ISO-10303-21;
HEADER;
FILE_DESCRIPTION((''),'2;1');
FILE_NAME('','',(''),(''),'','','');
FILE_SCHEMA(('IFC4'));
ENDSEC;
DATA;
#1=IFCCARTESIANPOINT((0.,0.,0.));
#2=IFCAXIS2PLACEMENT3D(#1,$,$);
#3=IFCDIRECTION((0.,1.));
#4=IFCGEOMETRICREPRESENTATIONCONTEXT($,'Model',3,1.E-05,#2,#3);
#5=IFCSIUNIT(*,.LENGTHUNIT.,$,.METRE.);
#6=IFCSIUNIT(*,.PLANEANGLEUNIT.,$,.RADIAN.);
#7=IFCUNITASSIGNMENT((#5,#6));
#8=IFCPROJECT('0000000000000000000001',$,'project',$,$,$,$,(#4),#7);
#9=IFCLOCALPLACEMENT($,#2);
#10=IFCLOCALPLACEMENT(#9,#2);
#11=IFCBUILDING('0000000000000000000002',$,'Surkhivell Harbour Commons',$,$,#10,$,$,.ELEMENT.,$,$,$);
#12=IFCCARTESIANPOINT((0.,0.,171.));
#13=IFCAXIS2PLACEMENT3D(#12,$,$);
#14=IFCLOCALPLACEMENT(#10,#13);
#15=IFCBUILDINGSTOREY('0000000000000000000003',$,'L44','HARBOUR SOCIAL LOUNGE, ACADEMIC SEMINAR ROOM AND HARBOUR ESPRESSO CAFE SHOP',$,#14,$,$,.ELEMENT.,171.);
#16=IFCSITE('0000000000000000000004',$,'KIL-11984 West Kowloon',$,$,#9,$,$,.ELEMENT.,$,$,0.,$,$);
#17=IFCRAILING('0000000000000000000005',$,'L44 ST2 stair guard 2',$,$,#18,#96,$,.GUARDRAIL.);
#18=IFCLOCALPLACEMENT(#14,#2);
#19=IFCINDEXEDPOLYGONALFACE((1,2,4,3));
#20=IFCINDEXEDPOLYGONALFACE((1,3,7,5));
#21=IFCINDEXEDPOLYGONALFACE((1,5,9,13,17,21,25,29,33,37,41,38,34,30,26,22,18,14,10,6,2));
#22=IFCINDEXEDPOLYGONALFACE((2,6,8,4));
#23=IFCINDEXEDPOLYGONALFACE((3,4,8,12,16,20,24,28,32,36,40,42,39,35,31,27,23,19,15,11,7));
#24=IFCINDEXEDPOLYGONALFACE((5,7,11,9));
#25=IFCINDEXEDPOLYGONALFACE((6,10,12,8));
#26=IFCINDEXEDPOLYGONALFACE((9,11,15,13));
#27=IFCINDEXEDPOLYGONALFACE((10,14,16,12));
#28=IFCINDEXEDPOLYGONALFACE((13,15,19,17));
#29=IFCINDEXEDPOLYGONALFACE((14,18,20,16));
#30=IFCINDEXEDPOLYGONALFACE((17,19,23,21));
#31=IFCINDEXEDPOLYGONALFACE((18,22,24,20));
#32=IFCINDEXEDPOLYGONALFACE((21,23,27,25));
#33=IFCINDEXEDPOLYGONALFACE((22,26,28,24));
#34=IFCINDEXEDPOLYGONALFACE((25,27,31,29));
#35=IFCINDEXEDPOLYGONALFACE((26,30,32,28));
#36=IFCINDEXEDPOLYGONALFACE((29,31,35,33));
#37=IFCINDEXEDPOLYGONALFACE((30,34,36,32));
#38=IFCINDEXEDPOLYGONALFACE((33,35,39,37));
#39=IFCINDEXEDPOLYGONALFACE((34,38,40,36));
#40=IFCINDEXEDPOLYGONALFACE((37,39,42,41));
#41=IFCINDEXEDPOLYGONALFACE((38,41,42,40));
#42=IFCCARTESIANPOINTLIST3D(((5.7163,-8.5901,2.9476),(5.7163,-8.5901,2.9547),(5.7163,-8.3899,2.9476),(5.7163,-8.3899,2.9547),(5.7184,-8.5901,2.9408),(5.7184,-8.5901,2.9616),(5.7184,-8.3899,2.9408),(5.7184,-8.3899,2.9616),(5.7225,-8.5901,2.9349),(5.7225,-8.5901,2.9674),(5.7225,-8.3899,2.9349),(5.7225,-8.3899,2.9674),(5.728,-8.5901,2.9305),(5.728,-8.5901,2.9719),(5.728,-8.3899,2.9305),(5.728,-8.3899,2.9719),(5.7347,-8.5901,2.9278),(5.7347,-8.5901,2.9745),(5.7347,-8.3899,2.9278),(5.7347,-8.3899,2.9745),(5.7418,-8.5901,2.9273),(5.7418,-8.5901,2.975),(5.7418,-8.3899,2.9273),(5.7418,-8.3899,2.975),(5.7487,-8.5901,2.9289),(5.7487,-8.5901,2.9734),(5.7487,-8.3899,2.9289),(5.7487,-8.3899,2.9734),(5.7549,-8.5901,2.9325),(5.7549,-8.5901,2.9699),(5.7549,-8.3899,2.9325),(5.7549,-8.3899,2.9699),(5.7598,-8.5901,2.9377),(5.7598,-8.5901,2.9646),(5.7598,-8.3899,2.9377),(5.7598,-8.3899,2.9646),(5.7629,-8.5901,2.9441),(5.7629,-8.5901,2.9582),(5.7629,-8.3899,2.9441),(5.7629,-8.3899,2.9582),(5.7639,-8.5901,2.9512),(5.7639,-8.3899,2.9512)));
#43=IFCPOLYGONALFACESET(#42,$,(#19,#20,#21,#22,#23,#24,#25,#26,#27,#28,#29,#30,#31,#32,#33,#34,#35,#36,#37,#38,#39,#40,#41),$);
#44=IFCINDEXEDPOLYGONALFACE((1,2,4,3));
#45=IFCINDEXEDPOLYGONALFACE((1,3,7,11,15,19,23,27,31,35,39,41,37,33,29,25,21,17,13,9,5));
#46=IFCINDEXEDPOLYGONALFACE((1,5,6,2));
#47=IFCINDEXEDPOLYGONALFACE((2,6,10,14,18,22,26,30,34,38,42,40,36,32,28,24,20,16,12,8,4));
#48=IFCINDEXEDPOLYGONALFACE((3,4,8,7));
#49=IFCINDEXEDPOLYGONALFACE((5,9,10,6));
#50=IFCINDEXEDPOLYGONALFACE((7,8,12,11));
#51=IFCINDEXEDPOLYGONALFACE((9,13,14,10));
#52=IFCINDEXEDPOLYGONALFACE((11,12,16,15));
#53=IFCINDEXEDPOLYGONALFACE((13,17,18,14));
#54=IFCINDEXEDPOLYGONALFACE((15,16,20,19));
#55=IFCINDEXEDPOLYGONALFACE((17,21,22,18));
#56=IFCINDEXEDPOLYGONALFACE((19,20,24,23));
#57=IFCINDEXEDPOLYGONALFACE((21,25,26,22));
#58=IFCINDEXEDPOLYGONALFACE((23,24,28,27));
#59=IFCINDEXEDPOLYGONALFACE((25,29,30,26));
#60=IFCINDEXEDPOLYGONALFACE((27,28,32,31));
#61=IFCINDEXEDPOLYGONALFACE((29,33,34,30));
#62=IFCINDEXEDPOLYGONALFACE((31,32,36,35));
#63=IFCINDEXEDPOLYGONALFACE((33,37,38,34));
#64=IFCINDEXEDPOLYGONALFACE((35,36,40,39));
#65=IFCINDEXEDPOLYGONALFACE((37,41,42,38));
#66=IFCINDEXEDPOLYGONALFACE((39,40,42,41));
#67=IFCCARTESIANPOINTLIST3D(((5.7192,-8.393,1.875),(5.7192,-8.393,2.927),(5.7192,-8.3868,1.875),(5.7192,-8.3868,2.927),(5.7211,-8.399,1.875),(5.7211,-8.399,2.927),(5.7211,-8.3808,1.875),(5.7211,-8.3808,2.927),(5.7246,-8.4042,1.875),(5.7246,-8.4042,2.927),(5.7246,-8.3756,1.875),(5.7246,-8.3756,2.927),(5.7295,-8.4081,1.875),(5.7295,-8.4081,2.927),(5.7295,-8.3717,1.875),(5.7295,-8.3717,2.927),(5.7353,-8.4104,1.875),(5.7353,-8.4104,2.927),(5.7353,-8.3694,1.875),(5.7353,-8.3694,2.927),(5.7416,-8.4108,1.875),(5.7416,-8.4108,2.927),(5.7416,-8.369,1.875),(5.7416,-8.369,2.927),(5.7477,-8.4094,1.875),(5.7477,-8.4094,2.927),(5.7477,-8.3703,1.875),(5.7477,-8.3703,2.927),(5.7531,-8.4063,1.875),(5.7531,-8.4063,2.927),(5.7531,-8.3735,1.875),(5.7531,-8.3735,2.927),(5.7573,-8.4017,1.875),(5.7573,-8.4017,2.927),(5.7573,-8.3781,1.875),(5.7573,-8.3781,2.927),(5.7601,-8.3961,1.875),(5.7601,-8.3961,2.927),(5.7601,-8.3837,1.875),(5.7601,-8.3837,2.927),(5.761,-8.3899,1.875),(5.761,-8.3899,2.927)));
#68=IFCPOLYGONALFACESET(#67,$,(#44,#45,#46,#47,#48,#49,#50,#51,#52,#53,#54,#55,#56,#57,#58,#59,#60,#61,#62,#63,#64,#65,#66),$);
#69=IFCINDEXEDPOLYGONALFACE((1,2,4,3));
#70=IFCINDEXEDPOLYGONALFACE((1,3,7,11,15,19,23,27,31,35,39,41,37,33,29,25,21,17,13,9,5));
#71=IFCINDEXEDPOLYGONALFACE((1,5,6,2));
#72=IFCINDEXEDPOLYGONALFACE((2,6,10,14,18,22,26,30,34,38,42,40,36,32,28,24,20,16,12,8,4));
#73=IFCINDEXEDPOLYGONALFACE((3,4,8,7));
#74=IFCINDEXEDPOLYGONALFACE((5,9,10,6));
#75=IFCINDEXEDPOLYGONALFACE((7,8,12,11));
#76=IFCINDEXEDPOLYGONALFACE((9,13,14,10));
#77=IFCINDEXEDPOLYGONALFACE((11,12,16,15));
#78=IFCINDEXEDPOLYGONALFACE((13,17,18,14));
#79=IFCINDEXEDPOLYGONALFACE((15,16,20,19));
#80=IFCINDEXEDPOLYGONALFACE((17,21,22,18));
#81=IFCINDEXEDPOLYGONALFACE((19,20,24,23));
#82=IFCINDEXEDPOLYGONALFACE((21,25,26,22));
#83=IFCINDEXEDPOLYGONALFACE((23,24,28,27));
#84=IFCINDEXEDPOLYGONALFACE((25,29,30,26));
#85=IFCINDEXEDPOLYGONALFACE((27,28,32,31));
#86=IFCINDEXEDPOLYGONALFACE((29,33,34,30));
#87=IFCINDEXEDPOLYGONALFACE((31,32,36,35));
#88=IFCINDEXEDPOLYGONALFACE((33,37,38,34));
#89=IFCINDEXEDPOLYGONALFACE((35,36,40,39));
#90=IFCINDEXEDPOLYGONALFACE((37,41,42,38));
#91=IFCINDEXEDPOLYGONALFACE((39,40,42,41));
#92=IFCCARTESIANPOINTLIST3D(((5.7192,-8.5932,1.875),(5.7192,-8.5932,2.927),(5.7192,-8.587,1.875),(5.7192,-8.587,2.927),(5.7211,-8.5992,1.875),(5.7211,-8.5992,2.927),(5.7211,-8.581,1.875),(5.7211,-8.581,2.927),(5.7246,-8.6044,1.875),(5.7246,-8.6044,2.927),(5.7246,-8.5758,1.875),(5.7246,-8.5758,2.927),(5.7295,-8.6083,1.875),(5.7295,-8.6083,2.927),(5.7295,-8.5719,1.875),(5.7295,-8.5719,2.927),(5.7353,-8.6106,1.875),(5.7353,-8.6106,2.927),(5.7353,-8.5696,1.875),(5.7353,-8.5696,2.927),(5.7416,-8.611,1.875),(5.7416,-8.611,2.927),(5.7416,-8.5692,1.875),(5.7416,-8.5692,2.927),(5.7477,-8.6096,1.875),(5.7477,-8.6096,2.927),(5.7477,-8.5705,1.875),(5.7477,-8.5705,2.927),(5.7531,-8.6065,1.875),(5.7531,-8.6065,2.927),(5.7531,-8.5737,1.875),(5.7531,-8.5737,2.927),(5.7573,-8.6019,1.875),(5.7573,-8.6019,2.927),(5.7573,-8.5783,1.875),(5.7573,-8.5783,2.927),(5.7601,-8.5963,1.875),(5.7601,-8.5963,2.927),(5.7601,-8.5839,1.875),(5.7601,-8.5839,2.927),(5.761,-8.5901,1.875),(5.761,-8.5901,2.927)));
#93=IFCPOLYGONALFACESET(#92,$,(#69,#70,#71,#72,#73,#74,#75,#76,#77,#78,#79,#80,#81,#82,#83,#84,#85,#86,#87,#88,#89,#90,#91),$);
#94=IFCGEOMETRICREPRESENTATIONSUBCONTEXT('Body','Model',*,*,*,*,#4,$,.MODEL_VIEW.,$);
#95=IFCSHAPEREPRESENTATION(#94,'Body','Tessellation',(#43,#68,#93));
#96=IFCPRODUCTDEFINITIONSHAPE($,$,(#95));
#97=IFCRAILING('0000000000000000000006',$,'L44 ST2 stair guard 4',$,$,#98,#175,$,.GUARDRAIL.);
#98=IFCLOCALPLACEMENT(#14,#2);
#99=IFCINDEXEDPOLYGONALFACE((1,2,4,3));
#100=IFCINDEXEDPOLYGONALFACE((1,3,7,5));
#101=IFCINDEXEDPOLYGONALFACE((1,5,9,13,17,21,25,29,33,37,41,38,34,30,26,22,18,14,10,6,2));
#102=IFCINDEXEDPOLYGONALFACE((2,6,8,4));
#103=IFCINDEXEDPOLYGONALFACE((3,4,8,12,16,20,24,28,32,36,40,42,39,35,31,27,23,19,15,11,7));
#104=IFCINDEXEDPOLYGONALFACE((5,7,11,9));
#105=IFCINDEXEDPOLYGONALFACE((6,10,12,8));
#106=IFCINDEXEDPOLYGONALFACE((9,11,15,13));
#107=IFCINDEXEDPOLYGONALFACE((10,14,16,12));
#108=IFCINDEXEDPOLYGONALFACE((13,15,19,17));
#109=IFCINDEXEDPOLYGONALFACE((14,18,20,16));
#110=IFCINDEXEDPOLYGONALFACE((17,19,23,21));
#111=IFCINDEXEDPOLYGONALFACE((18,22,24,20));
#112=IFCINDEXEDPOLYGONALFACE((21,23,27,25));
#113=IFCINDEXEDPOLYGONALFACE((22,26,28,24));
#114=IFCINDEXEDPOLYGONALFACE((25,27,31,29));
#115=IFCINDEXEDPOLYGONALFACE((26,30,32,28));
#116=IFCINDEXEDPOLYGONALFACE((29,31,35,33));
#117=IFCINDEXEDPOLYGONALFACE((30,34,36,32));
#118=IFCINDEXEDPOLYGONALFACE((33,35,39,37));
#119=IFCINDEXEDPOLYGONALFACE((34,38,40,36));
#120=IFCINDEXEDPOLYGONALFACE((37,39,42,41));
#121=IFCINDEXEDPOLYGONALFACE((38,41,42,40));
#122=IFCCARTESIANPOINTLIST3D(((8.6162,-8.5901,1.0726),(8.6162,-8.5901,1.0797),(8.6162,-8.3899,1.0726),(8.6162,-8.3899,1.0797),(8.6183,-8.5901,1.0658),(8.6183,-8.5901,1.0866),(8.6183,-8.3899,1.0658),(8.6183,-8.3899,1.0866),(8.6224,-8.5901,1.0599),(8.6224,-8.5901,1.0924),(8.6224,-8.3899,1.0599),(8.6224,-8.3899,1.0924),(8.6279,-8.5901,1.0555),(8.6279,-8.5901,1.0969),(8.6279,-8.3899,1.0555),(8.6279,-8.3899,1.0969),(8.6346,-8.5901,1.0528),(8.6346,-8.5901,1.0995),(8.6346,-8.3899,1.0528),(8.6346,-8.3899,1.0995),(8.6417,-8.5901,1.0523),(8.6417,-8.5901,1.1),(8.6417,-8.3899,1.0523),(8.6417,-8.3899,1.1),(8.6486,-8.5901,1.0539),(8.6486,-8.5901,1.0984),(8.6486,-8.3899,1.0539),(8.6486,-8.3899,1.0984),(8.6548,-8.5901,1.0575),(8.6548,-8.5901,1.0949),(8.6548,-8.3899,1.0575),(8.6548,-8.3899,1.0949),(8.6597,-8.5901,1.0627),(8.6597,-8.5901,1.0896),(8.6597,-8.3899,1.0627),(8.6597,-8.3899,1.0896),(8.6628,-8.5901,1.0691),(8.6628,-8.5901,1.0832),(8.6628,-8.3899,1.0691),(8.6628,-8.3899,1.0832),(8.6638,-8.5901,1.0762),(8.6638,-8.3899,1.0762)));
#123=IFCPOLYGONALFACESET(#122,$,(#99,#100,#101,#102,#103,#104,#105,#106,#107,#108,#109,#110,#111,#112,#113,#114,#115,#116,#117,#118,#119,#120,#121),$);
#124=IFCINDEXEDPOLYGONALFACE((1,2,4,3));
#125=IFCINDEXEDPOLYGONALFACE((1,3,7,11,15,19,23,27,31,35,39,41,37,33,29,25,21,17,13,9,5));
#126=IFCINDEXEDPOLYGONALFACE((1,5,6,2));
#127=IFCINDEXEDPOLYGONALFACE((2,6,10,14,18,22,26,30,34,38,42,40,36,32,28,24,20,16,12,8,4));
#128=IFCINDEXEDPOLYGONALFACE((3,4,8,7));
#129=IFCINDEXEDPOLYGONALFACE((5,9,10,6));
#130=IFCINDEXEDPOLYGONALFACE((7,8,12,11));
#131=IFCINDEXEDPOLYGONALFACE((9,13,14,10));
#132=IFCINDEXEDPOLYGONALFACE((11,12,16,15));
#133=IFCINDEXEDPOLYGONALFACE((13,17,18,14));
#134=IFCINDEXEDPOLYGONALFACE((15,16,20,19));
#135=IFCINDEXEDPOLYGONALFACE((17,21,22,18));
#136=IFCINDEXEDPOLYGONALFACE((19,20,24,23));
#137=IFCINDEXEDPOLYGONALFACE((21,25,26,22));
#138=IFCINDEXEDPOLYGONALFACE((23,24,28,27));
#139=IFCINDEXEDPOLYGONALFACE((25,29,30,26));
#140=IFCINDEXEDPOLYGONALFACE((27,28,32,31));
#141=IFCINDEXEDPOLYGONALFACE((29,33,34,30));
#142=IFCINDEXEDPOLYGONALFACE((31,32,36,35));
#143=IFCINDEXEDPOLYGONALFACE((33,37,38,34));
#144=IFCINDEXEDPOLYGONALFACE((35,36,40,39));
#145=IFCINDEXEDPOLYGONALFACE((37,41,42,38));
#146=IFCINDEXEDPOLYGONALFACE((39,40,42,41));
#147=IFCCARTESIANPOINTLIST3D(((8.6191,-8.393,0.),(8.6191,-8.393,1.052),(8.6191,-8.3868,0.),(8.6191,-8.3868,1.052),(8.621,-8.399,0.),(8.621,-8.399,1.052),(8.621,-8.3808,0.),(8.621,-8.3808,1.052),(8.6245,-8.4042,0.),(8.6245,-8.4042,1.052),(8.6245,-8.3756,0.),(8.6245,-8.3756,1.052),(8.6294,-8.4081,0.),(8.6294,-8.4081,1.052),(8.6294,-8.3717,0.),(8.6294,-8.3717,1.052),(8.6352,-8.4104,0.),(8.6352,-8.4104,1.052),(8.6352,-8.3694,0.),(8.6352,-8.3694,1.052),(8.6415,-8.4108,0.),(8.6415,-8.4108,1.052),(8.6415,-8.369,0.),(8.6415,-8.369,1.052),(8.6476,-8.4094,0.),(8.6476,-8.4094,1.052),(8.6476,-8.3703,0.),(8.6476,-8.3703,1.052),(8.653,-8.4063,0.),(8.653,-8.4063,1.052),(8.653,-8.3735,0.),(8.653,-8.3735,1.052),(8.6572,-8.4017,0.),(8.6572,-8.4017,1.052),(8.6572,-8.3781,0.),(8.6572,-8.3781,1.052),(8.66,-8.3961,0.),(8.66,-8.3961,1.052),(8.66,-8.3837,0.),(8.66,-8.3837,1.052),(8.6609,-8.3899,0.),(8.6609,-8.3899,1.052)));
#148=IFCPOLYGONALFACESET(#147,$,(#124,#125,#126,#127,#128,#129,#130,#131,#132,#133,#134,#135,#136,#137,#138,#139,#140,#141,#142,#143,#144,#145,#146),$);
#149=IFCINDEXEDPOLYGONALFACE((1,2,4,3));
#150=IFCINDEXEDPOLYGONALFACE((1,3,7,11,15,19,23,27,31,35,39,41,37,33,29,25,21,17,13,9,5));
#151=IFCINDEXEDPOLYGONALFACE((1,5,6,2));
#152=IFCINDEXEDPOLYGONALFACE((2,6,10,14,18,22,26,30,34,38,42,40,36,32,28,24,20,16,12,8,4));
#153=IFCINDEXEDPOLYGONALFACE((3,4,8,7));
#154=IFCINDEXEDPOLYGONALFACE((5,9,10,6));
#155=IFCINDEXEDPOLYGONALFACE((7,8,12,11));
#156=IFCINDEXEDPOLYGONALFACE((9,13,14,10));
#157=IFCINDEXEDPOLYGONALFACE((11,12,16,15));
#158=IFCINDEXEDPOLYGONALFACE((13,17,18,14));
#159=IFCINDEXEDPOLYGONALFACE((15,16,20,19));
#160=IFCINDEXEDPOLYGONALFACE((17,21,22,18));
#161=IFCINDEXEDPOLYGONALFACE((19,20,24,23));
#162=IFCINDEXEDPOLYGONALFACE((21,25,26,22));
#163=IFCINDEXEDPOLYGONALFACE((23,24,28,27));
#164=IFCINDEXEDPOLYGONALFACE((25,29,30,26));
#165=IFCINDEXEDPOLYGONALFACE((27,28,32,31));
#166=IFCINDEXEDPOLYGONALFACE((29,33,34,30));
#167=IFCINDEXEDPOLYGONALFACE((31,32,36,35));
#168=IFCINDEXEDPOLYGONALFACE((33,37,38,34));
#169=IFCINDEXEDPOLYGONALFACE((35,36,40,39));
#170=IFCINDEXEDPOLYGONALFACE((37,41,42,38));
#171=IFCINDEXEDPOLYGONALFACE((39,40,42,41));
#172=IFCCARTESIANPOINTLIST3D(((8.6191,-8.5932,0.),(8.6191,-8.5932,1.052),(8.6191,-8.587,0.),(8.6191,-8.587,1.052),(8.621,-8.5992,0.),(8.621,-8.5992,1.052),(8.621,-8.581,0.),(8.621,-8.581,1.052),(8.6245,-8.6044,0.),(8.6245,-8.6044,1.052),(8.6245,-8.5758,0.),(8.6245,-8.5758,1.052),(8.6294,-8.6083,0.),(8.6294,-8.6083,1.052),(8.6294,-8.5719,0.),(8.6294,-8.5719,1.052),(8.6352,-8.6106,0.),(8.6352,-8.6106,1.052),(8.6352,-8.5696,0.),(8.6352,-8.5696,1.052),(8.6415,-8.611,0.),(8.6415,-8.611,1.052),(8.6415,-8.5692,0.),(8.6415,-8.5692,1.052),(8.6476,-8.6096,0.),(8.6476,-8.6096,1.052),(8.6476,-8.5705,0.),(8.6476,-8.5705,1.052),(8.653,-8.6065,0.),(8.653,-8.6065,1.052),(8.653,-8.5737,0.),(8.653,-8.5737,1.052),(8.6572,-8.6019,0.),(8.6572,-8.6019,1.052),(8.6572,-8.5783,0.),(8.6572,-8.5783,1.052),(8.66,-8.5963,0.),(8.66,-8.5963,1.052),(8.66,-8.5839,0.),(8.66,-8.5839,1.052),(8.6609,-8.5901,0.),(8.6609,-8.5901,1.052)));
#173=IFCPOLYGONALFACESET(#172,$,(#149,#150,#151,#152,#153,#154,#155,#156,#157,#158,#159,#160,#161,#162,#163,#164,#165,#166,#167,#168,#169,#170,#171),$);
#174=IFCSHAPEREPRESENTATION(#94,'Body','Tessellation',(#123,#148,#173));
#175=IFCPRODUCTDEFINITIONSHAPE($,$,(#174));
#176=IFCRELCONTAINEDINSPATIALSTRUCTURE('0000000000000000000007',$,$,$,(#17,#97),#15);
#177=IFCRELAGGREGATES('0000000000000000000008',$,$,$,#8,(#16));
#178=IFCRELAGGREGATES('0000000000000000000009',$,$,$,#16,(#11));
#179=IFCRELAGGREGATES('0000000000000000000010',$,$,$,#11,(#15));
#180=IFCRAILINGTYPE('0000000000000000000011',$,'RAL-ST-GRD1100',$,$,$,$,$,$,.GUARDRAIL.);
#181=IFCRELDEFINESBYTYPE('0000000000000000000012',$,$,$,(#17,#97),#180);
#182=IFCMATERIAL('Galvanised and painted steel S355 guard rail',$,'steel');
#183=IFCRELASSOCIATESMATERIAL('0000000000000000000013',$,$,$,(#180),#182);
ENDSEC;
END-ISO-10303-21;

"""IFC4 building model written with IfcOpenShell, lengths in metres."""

from ifc_helpers import new_model, si_unit, direction, frame, origin, origin_2d, place, context, subcontext, project, spatial, circle, extrude, material, type_object, element, save


model = new_model("IFC4")

# Units and contexts
model_context = context("Model", 3, precision=1e-05, world=origin(), true_north=direction((0.0, 1.0)))
body_context = subcontext(model_context, "Body", "Model", "MODEL_VIEW")
ifc_project = project(units=[si_unit("LENGTHUNIT", "METRE"), si_unit("PLANEANGLEUNIT", "RADIAN")], contexts=[model_context])

# Site, building, storey
site_placement = place(None, origin())
site = spatial("IfcSite", under=ifc_project, at=site_placement, Name="KIL-11984 West Kowloon", CompositionType="ELEMENT", RefElevation=0.0)
building_placement = place(site_placement, origin())
building = spatial("IfcBuilding", under=site, at=building_placement, Name="Surkhivell Harbour Commons", CompositionType="ELEMENT")
storey_placement = place(building_placement, frame((0.0, 0.0, 171.0)))
storey = spatial("IfcBuildingStorey", under=building, at=storey_placement, Name="L44", Description="HARBOUR SOCIAL LOUNGE, ACADEMIC SEMINAR ROOM AND HARBOUR ESPRESSO CAFE SHOP", CompositionType="ELEMENT", Elevation=171.0)

# Railings
ifc_material_1 = material(Name="Galvanised and painted steel S355 guard rail", Category="steel")
railing_type_1 = type_object("IfcRailingType", Name="RAL-ST-GRD1100", PredefinedType="GUARDRAIL", material=ifc_material_1)
for number, where, name in (
    (1, (5.74, -8.3899, 1.875), "L44 ST2 stair guard 2"),
    (2, (8.6399, -8.3899, 0.0), "L44 ST2 stair guard 4"),
):
    element("IfcRailing", number, at=place(storey_placement, frame(where)), inside=storey, type_object=railing_type_1, Name=name, PredefinedType="GUARDRAIL", context=body_context, shape_type="SweptSolid", body=[
        extrude(circle(Radius=0.0239, at=origin_2d()), frame((0.0, 0.0, 1.0762), z_axis=(0.0, -1.0, 0.0), x_axis=(1.0, 0.0, 0.0)), (0.0, 0.0, 1.0), 0.2002),
        extrude(circle(Radius=0.021, at=origin_2d()), origin(), (0.0, 0.0, 1.0), 1.052),
        extrude(circle(Radius=0.021, at=origin_2d()), frame((0.0, -0.2002, 0.0)), (0.0, 0.0, 1.0), 1.052),
    ])

save(model, "model.ifc")
